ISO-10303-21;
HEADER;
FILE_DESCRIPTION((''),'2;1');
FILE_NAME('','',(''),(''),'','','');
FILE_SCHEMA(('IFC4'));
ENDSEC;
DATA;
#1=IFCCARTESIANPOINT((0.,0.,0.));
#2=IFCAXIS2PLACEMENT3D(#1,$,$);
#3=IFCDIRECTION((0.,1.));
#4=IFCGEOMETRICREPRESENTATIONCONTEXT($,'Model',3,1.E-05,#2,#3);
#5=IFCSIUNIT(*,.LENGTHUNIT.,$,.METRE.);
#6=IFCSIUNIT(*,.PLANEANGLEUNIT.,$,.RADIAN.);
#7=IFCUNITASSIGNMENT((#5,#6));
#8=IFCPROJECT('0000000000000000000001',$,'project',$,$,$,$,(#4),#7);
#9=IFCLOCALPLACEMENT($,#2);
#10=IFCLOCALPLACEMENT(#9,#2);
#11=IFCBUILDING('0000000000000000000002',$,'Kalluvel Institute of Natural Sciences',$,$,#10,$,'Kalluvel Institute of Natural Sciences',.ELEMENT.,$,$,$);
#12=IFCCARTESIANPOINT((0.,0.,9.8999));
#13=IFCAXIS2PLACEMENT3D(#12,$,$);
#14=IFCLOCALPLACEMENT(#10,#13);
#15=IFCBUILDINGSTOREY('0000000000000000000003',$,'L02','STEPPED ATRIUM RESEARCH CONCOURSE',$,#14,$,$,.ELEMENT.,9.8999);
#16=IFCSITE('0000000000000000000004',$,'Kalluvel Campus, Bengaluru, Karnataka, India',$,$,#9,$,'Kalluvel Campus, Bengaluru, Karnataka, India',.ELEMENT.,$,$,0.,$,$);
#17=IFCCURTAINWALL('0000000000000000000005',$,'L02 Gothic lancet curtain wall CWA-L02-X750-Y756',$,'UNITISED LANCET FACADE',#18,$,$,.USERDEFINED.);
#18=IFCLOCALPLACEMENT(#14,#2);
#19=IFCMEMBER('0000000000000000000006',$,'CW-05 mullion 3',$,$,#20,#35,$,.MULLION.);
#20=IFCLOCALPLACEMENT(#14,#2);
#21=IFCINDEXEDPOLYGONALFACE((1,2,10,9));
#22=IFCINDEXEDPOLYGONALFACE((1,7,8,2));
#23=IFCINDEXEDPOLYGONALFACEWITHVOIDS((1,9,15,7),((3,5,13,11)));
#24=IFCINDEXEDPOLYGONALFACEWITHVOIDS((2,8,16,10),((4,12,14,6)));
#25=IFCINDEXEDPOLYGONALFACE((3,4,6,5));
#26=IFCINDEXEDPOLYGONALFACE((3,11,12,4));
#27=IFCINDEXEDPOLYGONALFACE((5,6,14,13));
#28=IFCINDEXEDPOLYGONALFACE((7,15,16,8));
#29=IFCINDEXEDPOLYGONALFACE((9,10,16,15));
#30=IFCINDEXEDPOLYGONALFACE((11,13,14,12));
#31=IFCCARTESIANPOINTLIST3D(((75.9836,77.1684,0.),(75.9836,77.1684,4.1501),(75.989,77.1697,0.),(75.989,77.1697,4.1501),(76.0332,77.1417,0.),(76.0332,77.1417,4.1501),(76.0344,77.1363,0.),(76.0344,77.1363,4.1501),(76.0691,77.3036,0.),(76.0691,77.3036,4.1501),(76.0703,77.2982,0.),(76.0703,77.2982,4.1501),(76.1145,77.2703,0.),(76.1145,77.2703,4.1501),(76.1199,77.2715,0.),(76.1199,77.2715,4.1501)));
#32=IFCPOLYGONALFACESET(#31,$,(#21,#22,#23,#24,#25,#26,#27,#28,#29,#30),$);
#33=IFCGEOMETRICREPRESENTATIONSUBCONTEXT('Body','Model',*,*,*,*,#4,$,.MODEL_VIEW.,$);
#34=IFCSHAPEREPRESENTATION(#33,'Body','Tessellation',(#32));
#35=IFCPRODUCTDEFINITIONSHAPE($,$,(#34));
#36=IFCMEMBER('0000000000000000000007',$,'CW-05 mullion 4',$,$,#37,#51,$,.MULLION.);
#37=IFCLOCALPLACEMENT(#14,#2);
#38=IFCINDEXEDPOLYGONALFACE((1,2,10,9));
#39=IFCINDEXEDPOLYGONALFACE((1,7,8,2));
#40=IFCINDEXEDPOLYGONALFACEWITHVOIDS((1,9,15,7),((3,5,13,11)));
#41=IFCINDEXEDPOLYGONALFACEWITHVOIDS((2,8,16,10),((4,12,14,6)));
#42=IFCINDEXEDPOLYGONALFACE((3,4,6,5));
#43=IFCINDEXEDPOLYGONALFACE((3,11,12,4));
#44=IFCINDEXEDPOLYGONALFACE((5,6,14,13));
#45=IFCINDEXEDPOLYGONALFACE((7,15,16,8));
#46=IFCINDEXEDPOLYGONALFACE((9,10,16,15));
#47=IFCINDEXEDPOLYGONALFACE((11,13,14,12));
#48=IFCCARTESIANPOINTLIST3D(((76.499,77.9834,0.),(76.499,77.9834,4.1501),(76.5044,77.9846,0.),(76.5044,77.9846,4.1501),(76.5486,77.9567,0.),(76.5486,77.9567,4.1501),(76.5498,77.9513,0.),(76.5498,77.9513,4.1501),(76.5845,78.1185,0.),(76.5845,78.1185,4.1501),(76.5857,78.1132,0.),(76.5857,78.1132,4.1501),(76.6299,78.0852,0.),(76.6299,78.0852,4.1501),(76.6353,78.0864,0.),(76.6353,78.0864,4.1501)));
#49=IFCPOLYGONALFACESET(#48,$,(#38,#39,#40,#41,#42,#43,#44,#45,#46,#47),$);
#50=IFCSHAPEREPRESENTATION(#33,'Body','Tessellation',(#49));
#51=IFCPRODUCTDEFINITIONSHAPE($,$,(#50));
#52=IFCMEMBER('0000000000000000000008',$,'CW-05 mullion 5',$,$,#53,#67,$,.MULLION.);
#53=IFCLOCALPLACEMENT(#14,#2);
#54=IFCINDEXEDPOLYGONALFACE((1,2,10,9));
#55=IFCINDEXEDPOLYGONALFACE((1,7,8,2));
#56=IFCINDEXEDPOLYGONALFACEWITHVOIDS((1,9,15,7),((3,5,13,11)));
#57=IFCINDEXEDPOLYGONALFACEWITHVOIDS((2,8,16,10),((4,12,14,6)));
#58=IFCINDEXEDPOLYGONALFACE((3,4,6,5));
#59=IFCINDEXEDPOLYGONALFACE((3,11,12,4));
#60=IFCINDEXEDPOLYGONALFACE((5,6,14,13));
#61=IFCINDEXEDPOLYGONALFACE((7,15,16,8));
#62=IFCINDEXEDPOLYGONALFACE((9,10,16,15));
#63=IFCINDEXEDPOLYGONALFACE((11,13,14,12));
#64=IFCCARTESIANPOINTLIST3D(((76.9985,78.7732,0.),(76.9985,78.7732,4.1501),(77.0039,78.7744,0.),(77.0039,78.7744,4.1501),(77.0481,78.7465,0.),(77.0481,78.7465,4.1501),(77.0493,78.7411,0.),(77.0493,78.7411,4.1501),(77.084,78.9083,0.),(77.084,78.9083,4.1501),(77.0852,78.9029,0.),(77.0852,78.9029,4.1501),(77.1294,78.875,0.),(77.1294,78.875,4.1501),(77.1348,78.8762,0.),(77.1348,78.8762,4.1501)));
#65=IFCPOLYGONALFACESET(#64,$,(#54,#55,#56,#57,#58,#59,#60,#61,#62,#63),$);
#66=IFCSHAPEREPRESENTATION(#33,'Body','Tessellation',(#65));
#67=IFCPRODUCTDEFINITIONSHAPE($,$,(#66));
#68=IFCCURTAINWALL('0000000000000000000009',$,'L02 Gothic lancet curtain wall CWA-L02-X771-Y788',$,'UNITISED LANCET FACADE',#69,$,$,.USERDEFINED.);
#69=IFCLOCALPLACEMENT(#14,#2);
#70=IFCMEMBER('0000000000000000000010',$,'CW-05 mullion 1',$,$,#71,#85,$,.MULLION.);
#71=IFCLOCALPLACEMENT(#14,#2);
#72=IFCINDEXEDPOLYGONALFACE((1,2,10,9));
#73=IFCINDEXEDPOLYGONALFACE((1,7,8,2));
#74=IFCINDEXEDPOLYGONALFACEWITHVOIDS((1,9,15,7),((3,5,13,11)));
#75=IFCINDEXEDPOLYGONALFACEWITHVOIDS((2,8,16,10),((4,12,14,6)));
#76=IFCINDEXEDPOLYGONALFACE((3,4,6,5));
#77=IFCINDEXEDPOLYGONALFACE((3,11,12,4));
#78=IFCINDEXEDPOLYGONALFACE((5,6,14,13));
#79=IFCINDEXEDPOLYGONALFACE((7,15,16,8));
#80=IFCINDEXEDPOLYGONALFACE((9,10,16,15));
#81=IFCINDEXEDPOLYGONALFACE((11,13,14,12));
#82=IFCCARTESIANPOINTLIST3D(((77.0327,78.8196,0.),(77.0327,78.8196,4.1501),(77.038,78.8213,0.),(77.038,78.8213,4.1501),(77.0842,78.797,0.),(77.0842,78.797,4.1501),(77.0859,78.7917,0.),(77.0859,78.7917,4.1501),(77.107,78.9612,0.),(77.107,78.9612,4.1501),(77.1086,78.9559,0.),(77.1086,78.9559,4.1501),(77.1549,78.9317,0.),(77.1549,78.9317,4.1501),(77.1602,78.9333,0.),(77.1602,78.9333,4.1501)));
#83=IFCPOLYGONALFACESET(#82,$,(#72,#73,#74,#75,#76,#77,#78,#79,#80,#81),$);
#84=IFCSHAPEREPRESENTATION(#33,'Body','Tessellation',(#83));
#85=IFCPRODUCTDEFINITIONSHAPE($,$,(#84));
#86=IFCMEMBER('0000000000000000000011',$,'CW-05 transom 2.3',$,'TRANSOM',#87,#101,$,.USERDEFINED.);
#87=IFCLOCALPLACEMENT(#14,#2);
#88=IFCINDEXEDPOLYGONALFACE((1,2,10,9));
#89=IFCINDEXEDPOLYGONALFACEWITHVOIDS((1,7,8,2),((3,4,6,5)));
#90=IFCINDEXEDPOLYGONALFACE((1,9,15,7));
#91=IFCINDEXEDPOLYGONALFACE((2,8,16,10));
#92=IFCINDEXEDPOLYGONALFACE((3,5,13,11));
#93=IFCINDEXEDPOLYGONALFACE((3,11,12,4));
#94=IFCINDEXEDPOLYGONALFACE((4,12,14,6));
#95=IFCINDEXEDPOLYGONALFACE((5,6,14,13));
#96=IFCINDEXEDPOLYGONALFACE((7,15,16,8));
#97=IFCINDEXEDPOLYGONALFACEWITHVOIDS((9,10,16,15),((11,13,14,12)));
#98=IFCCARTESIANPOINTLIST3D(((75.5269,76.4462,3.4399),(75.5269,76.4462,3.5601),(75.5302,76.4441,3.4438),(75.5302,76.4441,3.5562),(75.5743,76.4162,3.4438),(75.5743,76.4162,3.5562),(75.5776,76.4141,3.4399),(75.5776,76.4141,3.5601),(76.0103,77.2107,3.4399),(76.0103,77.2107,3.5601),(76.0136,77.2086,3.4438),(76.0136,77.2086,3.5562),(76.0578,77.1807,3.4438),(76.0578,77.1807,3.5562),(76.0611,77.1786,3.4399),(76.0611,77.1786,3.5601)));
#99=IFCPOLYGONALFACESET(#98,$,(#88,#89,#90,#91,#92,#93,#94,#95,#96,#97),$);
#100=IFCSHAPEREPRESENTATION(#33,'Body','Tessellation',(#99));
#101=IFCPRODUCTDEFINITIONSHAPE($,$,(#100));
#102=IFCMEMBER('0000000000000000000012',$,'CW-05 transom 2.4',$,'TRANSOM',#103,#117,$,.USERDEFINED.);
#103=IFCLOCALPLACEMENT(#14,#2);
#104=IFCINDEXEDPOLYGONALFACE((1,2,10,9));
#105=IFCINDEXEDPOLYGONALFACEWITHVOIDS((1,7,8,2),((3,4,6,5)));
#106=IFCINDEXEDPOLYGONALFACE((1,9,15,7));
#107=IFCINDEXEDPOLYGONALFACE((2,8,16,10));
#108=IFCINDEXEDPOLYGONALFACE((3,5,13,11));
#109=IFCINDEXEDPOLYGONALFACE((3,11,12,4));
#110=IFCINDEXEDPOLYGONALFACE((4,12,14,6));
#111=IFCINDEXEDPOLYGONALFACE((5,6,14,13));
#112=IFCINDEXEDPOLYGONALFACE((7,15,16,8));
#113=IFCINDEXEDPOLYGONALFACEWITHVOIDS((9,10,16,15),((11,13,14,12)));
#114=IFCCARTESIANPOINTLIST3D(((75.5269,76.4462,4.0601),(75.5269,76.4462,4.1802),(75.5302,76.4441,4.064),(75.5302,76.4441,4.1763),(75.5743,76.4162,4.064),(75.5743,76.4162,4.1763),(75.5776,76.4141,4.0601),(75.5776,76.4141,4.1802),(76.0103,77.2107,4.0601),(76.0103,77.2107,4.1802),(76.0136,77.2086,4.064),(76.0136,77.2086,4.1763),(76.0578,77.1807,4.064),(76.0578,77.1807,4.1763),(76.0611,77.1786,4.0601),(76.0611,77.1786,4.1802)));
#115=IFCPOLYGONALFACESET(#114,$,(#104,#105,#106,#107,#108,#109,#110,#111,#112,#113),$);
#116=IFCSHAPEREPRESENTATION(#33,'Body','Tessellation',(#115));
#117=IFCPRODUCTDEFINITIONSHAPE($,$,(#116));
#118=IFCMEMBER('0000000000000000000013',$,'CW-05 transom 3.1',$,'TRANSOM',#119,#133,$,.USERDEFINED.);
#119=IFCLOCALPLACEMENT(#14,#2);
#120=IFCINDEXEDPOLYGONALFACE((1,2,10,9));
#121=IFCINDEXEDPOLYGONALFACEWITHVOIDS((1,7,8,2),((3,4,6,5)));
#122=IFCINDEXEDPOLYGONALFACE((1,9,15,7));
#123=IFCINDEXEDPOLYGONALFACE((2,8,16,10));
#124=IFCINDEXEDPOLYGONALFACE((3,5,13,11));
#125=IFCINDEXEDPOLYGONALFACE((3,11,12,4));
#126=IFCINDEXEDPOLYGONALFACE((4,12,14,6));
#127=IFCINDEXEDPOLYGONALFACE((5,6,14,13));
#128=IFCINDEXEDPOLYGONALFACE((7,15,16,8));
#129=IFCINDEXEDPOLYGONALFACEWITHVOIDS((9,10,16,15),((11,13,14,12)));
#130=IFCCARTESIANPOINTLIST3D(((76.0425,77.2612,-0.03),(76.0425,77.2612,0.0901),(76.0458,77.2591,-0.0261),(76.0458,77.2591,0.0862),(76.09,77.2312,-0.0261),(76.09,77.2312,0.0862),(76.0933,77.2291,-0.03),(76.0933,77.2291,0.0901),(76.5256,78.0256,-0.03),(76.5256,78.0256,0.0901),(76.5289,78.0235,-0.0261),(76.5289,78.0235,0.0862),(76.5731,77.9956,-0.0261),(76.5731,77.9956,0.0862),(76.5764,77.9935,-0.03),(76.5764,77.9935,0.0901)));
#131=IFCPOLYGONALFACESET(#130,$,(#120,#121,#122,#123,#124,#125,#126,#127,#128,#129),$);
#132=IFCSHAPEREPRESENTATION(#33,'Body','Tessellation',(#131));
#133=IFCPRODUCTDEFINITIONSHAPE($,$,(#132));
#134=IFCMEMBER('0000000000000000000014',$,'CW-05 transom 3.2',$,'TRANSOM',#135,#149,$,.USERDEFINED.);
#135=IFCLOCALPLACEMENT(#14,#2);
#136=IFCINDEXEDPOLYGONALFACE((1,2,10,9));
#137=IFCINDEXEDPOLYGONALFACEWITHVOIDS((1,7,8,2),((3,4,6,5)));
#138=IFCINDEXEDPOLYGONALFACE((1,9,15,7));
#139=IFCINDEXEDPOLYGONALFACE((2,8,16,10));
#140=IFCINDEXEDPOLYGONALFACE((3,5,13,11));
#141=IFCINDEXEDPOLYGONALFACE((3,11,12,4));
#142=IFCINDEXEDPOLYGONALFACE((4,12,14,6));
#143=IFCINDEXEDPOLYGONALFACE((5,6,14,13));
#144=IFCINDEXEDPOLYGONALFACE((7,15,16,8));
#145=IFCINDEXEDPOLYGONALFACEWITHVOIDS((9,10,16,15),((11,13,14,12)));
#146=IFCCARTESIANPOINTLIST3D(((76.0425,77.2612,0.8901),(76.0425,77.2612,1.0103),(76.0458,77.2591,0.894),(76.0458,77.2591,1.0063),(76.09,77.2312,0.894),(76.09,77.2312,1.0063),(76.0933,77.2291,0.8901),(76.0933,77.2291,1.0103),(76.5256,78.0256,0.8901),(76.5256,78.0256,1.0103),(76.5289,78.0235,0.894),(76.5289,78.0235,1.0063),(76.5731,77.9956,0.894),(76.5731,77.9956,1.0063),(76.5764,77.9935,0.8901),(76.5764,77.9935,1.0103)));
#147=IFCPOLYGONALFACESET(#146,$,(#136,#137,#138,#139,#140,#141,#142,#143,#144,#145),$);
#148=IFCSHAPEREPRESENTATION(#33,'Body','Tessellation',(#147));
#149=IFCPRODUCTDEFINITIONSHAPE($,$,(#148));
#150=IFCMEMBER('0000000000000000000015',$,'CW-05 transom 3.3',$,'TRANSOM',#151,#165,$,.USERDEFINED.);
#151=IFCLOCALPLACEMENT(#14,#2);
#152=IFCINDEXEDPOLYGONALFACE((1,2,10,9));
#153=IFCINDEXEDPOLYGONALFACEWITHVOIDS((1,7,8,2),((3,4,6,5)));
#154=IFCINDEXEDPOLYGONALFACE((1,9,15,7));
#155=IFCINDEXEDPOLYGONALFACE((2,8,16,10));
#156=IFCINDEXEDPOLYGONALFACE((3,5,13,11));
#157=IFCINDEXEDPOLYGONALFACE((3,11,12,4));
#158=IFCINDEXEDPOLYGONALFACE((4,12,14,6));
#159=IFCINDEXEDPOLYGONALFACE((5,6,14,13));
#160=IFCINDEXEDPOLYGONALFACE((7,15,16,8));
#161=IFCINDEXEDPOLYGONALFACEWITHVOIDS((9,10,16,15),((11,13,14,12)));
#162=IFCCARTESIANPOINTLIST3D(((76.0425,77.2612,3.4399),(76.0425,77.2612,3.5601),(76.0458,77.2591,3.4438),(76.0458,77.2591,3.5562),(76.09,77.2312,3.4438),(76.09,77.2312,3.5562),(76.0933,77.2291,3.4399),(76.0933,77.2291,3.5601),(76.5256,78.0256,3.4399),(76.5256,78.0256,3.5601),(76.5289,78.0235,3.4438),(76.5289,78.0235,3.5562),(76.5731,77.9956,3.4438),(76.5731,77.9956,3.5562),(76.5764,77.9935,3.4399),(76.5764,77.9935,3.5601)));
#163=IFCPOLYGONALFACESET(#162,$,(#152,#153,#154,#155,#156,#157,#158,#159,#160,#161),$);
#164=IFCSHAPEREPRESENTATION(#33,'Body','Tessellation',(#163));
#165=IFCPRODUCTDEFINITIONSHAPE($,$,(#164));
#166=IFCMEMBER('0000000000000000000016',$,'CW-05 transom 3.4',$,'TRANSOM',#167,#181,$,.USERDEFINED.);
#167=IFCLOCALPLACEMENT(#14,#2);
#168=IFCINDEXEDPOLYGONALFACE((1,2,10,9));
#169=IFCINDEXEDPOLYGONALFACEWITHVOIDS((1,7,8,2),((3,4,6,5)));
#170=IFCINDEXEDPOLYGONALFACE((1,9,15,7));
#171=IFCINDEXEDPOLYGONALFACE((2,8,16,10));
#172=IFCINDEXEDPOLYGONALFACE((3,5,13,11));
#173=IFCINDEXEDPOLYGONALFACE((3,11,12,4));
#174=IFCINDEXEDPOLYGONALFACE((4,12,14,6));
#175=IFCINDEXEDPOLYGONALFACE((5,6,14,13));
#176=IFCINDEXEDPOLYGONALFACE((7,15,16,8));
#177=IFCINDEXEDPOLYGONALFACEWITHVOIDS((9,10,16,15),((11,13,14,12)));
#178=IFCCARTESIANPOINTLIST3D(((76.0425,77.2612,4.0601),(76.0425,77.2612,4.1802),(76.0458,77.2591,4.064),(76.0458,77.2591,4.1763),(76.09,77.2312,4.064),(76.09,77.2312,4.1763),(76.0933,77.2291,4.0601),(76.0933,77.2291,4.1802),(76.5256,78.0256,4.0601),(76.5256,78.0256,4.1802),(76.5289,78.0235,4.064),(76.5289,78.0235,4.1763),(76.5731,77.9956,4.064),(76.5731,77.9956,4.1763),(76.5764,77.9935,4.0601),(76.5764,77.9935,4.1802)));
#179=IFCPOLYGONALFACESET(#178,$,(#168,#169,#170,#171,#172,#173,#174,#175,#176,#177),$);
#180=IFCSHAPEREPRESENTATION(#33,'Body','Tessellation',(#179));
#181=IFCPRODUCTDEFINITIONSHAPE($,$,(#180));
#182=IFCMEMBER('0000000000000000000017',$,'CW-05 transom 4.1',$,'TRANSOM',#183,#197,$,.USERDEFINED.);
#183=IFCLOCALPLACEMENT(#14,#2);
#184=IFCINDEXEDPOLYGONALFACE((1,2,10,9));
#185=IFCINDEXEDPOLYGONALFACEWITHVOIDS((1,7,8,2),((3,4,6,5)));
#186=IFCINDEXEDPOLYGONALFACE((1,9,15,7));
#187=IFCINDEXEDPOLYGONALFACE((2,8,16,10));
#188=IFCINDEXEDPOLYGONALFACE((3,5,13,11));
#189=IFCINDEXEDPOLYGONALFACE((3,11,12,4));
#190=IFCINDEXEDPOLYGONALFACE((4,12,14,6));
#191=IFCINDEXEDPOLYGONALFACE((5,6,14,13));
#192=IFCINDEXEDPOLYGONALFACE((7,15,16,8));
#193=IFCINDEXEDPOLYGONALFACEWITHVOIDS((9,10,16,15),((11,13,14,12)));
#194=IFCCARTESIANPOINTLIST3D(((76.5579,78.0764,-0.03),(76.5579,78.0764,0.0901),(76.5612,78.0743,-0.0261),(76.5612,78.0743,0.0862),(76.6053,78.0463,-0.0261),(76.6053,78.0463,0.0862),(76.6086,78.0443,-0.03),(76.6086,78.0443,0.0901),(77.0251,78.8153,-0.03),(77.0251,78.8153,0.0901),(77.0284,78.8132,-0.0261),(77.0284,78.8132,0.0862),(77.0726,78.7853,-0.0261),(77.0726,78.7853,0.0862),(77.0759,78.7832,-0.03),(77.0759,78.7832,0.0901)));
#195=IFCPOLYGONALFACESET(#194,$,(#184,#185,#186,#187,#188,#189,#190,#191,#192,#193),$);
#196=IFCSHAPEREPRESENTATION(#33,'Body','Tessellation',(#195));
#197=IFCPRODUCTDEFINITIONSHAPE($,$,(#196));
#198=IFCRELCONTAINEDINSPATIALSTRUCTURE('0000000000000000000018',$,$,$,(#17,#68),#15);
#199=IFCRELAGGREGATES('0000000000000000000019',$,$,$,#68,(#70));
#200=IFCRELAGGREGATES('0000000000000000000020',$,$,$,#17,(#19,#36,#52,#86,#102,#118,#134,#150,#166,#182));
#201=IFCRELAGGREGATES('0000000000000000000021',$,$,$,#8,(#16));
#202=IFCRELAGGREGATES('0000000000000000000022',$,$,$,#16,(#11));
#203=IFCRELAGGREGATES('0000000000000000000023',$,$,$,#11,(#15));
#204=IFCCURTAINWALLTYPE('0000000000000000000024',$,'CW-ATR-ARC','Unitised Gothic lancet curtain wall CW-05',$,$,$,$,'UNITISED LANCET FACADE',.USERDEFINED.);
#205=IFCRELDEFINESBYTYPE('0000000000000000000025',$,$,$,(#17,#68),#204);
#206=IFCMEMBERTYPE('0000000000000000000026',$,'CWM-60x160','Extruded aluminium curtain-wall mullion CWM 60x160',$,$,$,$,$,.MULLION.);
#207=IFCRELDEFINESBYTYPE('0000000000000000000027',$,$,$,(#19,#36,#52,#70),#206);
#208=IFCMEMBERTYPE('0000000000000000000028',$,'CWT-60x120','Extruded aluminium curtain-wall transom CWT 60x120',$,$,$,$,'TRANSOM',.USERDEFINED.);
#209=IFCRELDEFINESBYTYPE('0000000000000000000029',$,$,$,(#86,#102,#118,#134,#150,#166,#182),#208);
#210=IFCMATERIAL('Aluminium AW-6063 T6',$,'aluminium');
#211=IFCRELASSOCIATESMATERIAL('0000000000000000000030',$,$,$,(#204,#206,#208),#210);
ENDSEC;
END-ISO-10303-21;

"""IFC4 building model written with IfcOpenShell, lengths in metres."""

from ifc_helpers import new_model, si_unit, direction, frame, origin, origin_2d, place, context, subcontext, project, spatial, hollow_rectangle, extrude, material, material_profile, profile_set, type_object, element, aggregate, save


model = new_model("IFC4")

# Units and contexts
model_context = context("Model", 3, precision=1e-05, world=origin(), true_north=direction((0.0, 1.0)))
body_context = subcontext(model_context, "Body", "Model", "MODEL_VIEW")
ifc_project = project(units=[si_unit("LENGTHUNIT", "METRE"), si_unit("PLANEANGLEUNIT", "RADIAN")], contexts=[model_context])

# Site, building, storey
site_placement = place(None, origin())
site = spatial("IfcSite", under=ifc_project, at=site_placement, Name="Kalluvel Campus, Bengaluru, Karnataka, India", LongName="Kalluvel Campus, Bengaluru, Karnataka, India", CompositionType="ELEMENT", RefElevation=0.0)
building_placement = place(site_placement, origin())
building = spatial("IfcBuilding", under=site, at=building_placement, Name="Kalluvel Institute of Natural Sciences", LongName="Kalluvel Institute of Natural Sciences", CompositionType="ELEMENT")
storey_placement = place(building_placement, frame((0.0, 0.0, 9.8999)))
storey = spatial("IfcBuildingStorey", under=building, at=storey_placement, Name="L02", Description="STEPPED ATRIUM RESEARCH CONCOURSE", CompositionType="ELEMENT", Elevation=9.8999)

# Curtain wall, members
ifc_material_1 = material(Name="Aluminium AW-6063 T6", Category="aluminium")
curtain_wall_type = type_object("IfcCurtainWallType", Name="CW-ATR-ARC", Description="Unitised Gothic lancet curtain wall CW-05", ElementType="UNITISED LANCET FACADE", PredefinedType="USERDEFINED", material=ifc_material_1)
curtain_wall_1_placement = place(storey_placement, origin())
curtain_wall_1 = element("IfcCurtainWall", 1, at=curtain_wall_1_placement, inside=storey, type_object=curtain_wall_type, Name="L02 Gothic lancet curtain wall CWA-L02-X750-Y756", ObjectType="UNITISED LANCET FACADE", PredefinedType="USERDEFINED")
ifc_material_profile_1 = material_profile(ifc_material_1, hollow_rectangle(XDim=0.0601, YDim=0.1599, WallThickness=0.0039, at=origin_2d()), Name="CWM 60x160")
ifc_profile_set_1 = profile_set([ifc_material_profile_1], Name="Aluminium AW-6063 T6")
member_type_1 = type_object("IfcMemberType", Name="CWM-60x160", Description="Extruded aluminium curtain-wall mullion CWM 60x160", PredefinedType="MULLION", material=ifc_profile_set_1)
member_1_placement = place(storey_placement, frame((76.0518, 77.22, 0.0), z_axis=(0.0, 0.0, 1.0), x_axis=(-0.845189, 0.534468, 0.0)))
member_1 = element("IfcMember", 2, at=member_1_placement, type_object=member_type_1, Name="CW-05 mullion 3", PredefinedType="MULLION", context=body_context, shape_type="SweptSolid", body=[
    extrude(hollow_rectangle(XDim=0.0601, YDim=0.1599, WallThickness=0.0039, at=origin_2d()), origin(), (0.0, 0.0, 1.0), 4.1501),
])
member_2_placement = place(storey_placement, frame((76.5671, 78.0349, 0.0), z_axis=(0.0, 0.0, 1.0), x_axis=(-0.845189, 0.534468, 0.0)))
member_2 = element("IfcMember", 3, at=member_2_placement, type_object=member_type_1, Name="CW-05 mullion 4", PredefinedType="MULLION", context=body_context, shape_type="SweptSolid", body=[
    extrude(hollow_rectangle(XDim=0.0601, YDim=0.1599, WallThickness=0.0039, at=origin_2d()), origin(), (0.0, 0.0, 1.0), 4.1501),
])
member_3_placement = place(storey_placement, frame((77.0667, 78.8247, 0.0), z_axis=(0.0, 0.0, 1.0), x_axis=(-0.845189, 0.534468, 0.0)))
member_3 = element("IfcMember", 4, at=member_3_placement, type_object=member_type_1, Name="CW-05 mullion 5", PredefinedType="MULLION", context=body_context, shape_type="SweptSolid", body=[
    extrude(hollow_rectangle(XDim=0.0601, YDim=0.1599, WallThickness=0.0039, at=origin_2d()), origin(), (0.0, 0.0, 1.0), 4.1501),
])

# Curtain wall, member
curtain_wall_2_placement = place(storey_placement, origin())
curtain_wall_2 = element("IfcCurtainWall", 5, at=curtain_wall_2_placement, inside=storey, type_object=curtain_wall_type, Name="L02 Gothic lancet curtain wall CWA-L02-X771-Y788", ObjectType="UNITISED LANCET FACADE", PredefinedType="USERDEFINED")
member_4_placement = place(storey_placement, frame((77.0964, 78.8765, 0.0), z_axis=(0.0, 0.0, 1.0), x_axis=(-0.88545, 0.464734, 0.0)))
member_4 = element("IfcMember", 6, at=member_4_placement, type_object=member_type_1, Name="CW-05 mullion 1", PredefinedType="MULLION", context=body_context, shape_type="SweptSolid", body=[
    extrude(hollow_rectangle(XDim=0.0601, YDim=0.1599, WallThickness=0.0039, at=origin_2d()), origin(), (0.0, 0.0, 1.0), 4.1501),
])

# Members
ifc_material_profile_2 = material_profile(ifc_material_1, hollow_rectangle(XDim=0.0601, YDim=0.1201, WallThickness=0.0039, at=origin_2d()), Name="CWT 60x120")
ifc_profile_set_2 = profile_set([ifc_material_profile_2], Name="Aluminium AW-6063 T6")
member_type_2 = type_object("IfcMemberType", Name="CWT-60x120", Description="Extruded aluminium curtain-wall transom CWT 60x120", ElementType="TRANSOM", PredefinedType="USERDEFINED", material=ifc_profile_set_2)
member_5_placement = place(storey_placement, frame((75.5522, 76.4302, 3.5), z_axis=(0.53448, 0.845181, 0.0), x_axis=(-0.845181, 0.53448, 0.0)))
member_5 = element("IfcMember", 7, at=member_5_placement, type_object=member_type_2, Name="CW-05 transom 2.3", ObjectType="TRANSOM", PredefinedType="USERDEFINED", context=body_context, shape_type="SweptSolid", body=[
    extrude(hollow_rectangle(XDim=0.0601, YDim=0.1201, WallThickness=0.0039, at=origin_2d()), origin(), (0.0, 0.0, 1.0), 0.9045),
])
member_6_placement = place(storey_placement, frame((75.5522, 76.4302, 4.1201), z_axis=(0.53448, 0.845181, 0.0), x_axis=(-0.845181, 0.53448, 0.0)))
member_6 = element("IfcMember", 8, at=member_6_placement, type_object=member_type_2, Name="CW-05 transom 2.4", ObjectType="TRANSOM", PredefinedType="USERDEFINED", context=body_context, shape_type="SweptSolid", body=[
    extrude(hollow_rectangle(XDim=0.0601, YDim=0.1201, WallThickness=0.0039, at=origin_2d()), origin(), (0.0, 0.0, 1.0), 0.9045),
])
member_7_placement = place(storey_placement, frame((76.0679, 77.2451, 0.03), z_axis=(0.534288, 0.845303, 0.0), x_axis=(-0.845303, 0.534288, 0.0)))
member_7 = element("IfcMember", 9, at=member_7_placement, type_object=member_type_2, Name="CW-05 transom 3.1", ObjectType="TRANSOM", PredefinedType="USERDEFINED", context=body_context, shape_type="SweptSolid", body=[
    extrude(hollow_rectangle(XDim=0.0601, YDim=0.1201, WallThickness=0.0039, at=origin_2d()), origin(), (0.0, 0.0, 1.0), 0.9043),
])
member_8_placement = place(storey_placement, frame((76.0679, 77.2451, 0.9502), z_axis=(0.534288, 0.845303, 0.0), x_axis=(-0.845303, 0.534288, 0.0)))
member_8 = element("IfcMember", 10, at=member_8_placement, type_object=member_type_2, Name="CW-05 transom 3.2", ObjectType="TRANSOM", PredefinedType="USERDEFINED", context=body_context, shape_type="SweptSolid", body=[
    extrude(hollow_rectangle(XDim=0.0601, YDim=0.1201, WallThickness=0.0039, at=origin_2d()), origin(), (0.0, 0.0, 1.0), 0.9043),
])
member_9_placement = place(storey_placement, frame((76.0679, 77.2451, 3.5), z_axis=(0.534288, 0.845303, 0.0), x_axis=(-0.845303, 0.534288, 0.0)))
member_9 = element("IfcMember", 11, at=member_9_placement, type_object=member_type_2, Name="CW-05 transom 3.3", ObjectType="TRANSOM", PredefinedType="USERDEFINED", context=body_context, shape_type="SweptSolid", body=[
    extrude(hollow_rectangle(XDim=0.0601, YDim=0.1201, WallThickness=0.0039, at=origin_2d()), origin(), (0.0, 0.0, 1.0), 0.9043),
])
member_10_placement = place(storey_placement, frame((76.0679, 77.2451, 4.1201), z_axis=(0.534288, 0.845303, 0.0), x_axis=(-0.845303, 0.534288, 0.0)))
member_10 = element("IfcMember", 12, at=member_10_placement, type_object=member_type_2, Name="CW-05 transom 3.4", ObjectType="TRANSOM", PredefinedType="USERDEFINED", context=body_context, shape_type="SweptSolid", body=[
    extrude(hollow_rectangle(XDim=0.0601, YDim=0.1201, WallThickness=0.0039, at=origin_2d()), origin(), (0.0, 0.0, 1.0), 0.9043),
])
member_11_placement = place(storey_placement, frame((76.5833, 78.0603, 0.03), z_axis=(0.534434, 0.84521, 0.0), x_axis=(-0.84521, 0.534434, 0.0)))
member_11 = element("IfcMember", 13, at=member_11_placement, type_object=member_type_2, Name="CW-05 transom 4.1", ObjectType="TRANSOM", PredefinedType="USERDEFINED", context=body_context, shape_type="SweptSolid", body=[
    extrude(hollow_rectangle(XDim=0.0601, YDim=0.1201, WallThickness=0.0039, at=origin_2d()), origin(), (0.0, 0.0, 1.0), 0.8743),
])
aggregate(curtain_wall_2, [member_4])

aggregate(curtain_wall_1, [member_1, member_2, member_3, member_5, member_6, member_7, member_8, member_9, member_10, member_11])

save(model, "model.ifc")
